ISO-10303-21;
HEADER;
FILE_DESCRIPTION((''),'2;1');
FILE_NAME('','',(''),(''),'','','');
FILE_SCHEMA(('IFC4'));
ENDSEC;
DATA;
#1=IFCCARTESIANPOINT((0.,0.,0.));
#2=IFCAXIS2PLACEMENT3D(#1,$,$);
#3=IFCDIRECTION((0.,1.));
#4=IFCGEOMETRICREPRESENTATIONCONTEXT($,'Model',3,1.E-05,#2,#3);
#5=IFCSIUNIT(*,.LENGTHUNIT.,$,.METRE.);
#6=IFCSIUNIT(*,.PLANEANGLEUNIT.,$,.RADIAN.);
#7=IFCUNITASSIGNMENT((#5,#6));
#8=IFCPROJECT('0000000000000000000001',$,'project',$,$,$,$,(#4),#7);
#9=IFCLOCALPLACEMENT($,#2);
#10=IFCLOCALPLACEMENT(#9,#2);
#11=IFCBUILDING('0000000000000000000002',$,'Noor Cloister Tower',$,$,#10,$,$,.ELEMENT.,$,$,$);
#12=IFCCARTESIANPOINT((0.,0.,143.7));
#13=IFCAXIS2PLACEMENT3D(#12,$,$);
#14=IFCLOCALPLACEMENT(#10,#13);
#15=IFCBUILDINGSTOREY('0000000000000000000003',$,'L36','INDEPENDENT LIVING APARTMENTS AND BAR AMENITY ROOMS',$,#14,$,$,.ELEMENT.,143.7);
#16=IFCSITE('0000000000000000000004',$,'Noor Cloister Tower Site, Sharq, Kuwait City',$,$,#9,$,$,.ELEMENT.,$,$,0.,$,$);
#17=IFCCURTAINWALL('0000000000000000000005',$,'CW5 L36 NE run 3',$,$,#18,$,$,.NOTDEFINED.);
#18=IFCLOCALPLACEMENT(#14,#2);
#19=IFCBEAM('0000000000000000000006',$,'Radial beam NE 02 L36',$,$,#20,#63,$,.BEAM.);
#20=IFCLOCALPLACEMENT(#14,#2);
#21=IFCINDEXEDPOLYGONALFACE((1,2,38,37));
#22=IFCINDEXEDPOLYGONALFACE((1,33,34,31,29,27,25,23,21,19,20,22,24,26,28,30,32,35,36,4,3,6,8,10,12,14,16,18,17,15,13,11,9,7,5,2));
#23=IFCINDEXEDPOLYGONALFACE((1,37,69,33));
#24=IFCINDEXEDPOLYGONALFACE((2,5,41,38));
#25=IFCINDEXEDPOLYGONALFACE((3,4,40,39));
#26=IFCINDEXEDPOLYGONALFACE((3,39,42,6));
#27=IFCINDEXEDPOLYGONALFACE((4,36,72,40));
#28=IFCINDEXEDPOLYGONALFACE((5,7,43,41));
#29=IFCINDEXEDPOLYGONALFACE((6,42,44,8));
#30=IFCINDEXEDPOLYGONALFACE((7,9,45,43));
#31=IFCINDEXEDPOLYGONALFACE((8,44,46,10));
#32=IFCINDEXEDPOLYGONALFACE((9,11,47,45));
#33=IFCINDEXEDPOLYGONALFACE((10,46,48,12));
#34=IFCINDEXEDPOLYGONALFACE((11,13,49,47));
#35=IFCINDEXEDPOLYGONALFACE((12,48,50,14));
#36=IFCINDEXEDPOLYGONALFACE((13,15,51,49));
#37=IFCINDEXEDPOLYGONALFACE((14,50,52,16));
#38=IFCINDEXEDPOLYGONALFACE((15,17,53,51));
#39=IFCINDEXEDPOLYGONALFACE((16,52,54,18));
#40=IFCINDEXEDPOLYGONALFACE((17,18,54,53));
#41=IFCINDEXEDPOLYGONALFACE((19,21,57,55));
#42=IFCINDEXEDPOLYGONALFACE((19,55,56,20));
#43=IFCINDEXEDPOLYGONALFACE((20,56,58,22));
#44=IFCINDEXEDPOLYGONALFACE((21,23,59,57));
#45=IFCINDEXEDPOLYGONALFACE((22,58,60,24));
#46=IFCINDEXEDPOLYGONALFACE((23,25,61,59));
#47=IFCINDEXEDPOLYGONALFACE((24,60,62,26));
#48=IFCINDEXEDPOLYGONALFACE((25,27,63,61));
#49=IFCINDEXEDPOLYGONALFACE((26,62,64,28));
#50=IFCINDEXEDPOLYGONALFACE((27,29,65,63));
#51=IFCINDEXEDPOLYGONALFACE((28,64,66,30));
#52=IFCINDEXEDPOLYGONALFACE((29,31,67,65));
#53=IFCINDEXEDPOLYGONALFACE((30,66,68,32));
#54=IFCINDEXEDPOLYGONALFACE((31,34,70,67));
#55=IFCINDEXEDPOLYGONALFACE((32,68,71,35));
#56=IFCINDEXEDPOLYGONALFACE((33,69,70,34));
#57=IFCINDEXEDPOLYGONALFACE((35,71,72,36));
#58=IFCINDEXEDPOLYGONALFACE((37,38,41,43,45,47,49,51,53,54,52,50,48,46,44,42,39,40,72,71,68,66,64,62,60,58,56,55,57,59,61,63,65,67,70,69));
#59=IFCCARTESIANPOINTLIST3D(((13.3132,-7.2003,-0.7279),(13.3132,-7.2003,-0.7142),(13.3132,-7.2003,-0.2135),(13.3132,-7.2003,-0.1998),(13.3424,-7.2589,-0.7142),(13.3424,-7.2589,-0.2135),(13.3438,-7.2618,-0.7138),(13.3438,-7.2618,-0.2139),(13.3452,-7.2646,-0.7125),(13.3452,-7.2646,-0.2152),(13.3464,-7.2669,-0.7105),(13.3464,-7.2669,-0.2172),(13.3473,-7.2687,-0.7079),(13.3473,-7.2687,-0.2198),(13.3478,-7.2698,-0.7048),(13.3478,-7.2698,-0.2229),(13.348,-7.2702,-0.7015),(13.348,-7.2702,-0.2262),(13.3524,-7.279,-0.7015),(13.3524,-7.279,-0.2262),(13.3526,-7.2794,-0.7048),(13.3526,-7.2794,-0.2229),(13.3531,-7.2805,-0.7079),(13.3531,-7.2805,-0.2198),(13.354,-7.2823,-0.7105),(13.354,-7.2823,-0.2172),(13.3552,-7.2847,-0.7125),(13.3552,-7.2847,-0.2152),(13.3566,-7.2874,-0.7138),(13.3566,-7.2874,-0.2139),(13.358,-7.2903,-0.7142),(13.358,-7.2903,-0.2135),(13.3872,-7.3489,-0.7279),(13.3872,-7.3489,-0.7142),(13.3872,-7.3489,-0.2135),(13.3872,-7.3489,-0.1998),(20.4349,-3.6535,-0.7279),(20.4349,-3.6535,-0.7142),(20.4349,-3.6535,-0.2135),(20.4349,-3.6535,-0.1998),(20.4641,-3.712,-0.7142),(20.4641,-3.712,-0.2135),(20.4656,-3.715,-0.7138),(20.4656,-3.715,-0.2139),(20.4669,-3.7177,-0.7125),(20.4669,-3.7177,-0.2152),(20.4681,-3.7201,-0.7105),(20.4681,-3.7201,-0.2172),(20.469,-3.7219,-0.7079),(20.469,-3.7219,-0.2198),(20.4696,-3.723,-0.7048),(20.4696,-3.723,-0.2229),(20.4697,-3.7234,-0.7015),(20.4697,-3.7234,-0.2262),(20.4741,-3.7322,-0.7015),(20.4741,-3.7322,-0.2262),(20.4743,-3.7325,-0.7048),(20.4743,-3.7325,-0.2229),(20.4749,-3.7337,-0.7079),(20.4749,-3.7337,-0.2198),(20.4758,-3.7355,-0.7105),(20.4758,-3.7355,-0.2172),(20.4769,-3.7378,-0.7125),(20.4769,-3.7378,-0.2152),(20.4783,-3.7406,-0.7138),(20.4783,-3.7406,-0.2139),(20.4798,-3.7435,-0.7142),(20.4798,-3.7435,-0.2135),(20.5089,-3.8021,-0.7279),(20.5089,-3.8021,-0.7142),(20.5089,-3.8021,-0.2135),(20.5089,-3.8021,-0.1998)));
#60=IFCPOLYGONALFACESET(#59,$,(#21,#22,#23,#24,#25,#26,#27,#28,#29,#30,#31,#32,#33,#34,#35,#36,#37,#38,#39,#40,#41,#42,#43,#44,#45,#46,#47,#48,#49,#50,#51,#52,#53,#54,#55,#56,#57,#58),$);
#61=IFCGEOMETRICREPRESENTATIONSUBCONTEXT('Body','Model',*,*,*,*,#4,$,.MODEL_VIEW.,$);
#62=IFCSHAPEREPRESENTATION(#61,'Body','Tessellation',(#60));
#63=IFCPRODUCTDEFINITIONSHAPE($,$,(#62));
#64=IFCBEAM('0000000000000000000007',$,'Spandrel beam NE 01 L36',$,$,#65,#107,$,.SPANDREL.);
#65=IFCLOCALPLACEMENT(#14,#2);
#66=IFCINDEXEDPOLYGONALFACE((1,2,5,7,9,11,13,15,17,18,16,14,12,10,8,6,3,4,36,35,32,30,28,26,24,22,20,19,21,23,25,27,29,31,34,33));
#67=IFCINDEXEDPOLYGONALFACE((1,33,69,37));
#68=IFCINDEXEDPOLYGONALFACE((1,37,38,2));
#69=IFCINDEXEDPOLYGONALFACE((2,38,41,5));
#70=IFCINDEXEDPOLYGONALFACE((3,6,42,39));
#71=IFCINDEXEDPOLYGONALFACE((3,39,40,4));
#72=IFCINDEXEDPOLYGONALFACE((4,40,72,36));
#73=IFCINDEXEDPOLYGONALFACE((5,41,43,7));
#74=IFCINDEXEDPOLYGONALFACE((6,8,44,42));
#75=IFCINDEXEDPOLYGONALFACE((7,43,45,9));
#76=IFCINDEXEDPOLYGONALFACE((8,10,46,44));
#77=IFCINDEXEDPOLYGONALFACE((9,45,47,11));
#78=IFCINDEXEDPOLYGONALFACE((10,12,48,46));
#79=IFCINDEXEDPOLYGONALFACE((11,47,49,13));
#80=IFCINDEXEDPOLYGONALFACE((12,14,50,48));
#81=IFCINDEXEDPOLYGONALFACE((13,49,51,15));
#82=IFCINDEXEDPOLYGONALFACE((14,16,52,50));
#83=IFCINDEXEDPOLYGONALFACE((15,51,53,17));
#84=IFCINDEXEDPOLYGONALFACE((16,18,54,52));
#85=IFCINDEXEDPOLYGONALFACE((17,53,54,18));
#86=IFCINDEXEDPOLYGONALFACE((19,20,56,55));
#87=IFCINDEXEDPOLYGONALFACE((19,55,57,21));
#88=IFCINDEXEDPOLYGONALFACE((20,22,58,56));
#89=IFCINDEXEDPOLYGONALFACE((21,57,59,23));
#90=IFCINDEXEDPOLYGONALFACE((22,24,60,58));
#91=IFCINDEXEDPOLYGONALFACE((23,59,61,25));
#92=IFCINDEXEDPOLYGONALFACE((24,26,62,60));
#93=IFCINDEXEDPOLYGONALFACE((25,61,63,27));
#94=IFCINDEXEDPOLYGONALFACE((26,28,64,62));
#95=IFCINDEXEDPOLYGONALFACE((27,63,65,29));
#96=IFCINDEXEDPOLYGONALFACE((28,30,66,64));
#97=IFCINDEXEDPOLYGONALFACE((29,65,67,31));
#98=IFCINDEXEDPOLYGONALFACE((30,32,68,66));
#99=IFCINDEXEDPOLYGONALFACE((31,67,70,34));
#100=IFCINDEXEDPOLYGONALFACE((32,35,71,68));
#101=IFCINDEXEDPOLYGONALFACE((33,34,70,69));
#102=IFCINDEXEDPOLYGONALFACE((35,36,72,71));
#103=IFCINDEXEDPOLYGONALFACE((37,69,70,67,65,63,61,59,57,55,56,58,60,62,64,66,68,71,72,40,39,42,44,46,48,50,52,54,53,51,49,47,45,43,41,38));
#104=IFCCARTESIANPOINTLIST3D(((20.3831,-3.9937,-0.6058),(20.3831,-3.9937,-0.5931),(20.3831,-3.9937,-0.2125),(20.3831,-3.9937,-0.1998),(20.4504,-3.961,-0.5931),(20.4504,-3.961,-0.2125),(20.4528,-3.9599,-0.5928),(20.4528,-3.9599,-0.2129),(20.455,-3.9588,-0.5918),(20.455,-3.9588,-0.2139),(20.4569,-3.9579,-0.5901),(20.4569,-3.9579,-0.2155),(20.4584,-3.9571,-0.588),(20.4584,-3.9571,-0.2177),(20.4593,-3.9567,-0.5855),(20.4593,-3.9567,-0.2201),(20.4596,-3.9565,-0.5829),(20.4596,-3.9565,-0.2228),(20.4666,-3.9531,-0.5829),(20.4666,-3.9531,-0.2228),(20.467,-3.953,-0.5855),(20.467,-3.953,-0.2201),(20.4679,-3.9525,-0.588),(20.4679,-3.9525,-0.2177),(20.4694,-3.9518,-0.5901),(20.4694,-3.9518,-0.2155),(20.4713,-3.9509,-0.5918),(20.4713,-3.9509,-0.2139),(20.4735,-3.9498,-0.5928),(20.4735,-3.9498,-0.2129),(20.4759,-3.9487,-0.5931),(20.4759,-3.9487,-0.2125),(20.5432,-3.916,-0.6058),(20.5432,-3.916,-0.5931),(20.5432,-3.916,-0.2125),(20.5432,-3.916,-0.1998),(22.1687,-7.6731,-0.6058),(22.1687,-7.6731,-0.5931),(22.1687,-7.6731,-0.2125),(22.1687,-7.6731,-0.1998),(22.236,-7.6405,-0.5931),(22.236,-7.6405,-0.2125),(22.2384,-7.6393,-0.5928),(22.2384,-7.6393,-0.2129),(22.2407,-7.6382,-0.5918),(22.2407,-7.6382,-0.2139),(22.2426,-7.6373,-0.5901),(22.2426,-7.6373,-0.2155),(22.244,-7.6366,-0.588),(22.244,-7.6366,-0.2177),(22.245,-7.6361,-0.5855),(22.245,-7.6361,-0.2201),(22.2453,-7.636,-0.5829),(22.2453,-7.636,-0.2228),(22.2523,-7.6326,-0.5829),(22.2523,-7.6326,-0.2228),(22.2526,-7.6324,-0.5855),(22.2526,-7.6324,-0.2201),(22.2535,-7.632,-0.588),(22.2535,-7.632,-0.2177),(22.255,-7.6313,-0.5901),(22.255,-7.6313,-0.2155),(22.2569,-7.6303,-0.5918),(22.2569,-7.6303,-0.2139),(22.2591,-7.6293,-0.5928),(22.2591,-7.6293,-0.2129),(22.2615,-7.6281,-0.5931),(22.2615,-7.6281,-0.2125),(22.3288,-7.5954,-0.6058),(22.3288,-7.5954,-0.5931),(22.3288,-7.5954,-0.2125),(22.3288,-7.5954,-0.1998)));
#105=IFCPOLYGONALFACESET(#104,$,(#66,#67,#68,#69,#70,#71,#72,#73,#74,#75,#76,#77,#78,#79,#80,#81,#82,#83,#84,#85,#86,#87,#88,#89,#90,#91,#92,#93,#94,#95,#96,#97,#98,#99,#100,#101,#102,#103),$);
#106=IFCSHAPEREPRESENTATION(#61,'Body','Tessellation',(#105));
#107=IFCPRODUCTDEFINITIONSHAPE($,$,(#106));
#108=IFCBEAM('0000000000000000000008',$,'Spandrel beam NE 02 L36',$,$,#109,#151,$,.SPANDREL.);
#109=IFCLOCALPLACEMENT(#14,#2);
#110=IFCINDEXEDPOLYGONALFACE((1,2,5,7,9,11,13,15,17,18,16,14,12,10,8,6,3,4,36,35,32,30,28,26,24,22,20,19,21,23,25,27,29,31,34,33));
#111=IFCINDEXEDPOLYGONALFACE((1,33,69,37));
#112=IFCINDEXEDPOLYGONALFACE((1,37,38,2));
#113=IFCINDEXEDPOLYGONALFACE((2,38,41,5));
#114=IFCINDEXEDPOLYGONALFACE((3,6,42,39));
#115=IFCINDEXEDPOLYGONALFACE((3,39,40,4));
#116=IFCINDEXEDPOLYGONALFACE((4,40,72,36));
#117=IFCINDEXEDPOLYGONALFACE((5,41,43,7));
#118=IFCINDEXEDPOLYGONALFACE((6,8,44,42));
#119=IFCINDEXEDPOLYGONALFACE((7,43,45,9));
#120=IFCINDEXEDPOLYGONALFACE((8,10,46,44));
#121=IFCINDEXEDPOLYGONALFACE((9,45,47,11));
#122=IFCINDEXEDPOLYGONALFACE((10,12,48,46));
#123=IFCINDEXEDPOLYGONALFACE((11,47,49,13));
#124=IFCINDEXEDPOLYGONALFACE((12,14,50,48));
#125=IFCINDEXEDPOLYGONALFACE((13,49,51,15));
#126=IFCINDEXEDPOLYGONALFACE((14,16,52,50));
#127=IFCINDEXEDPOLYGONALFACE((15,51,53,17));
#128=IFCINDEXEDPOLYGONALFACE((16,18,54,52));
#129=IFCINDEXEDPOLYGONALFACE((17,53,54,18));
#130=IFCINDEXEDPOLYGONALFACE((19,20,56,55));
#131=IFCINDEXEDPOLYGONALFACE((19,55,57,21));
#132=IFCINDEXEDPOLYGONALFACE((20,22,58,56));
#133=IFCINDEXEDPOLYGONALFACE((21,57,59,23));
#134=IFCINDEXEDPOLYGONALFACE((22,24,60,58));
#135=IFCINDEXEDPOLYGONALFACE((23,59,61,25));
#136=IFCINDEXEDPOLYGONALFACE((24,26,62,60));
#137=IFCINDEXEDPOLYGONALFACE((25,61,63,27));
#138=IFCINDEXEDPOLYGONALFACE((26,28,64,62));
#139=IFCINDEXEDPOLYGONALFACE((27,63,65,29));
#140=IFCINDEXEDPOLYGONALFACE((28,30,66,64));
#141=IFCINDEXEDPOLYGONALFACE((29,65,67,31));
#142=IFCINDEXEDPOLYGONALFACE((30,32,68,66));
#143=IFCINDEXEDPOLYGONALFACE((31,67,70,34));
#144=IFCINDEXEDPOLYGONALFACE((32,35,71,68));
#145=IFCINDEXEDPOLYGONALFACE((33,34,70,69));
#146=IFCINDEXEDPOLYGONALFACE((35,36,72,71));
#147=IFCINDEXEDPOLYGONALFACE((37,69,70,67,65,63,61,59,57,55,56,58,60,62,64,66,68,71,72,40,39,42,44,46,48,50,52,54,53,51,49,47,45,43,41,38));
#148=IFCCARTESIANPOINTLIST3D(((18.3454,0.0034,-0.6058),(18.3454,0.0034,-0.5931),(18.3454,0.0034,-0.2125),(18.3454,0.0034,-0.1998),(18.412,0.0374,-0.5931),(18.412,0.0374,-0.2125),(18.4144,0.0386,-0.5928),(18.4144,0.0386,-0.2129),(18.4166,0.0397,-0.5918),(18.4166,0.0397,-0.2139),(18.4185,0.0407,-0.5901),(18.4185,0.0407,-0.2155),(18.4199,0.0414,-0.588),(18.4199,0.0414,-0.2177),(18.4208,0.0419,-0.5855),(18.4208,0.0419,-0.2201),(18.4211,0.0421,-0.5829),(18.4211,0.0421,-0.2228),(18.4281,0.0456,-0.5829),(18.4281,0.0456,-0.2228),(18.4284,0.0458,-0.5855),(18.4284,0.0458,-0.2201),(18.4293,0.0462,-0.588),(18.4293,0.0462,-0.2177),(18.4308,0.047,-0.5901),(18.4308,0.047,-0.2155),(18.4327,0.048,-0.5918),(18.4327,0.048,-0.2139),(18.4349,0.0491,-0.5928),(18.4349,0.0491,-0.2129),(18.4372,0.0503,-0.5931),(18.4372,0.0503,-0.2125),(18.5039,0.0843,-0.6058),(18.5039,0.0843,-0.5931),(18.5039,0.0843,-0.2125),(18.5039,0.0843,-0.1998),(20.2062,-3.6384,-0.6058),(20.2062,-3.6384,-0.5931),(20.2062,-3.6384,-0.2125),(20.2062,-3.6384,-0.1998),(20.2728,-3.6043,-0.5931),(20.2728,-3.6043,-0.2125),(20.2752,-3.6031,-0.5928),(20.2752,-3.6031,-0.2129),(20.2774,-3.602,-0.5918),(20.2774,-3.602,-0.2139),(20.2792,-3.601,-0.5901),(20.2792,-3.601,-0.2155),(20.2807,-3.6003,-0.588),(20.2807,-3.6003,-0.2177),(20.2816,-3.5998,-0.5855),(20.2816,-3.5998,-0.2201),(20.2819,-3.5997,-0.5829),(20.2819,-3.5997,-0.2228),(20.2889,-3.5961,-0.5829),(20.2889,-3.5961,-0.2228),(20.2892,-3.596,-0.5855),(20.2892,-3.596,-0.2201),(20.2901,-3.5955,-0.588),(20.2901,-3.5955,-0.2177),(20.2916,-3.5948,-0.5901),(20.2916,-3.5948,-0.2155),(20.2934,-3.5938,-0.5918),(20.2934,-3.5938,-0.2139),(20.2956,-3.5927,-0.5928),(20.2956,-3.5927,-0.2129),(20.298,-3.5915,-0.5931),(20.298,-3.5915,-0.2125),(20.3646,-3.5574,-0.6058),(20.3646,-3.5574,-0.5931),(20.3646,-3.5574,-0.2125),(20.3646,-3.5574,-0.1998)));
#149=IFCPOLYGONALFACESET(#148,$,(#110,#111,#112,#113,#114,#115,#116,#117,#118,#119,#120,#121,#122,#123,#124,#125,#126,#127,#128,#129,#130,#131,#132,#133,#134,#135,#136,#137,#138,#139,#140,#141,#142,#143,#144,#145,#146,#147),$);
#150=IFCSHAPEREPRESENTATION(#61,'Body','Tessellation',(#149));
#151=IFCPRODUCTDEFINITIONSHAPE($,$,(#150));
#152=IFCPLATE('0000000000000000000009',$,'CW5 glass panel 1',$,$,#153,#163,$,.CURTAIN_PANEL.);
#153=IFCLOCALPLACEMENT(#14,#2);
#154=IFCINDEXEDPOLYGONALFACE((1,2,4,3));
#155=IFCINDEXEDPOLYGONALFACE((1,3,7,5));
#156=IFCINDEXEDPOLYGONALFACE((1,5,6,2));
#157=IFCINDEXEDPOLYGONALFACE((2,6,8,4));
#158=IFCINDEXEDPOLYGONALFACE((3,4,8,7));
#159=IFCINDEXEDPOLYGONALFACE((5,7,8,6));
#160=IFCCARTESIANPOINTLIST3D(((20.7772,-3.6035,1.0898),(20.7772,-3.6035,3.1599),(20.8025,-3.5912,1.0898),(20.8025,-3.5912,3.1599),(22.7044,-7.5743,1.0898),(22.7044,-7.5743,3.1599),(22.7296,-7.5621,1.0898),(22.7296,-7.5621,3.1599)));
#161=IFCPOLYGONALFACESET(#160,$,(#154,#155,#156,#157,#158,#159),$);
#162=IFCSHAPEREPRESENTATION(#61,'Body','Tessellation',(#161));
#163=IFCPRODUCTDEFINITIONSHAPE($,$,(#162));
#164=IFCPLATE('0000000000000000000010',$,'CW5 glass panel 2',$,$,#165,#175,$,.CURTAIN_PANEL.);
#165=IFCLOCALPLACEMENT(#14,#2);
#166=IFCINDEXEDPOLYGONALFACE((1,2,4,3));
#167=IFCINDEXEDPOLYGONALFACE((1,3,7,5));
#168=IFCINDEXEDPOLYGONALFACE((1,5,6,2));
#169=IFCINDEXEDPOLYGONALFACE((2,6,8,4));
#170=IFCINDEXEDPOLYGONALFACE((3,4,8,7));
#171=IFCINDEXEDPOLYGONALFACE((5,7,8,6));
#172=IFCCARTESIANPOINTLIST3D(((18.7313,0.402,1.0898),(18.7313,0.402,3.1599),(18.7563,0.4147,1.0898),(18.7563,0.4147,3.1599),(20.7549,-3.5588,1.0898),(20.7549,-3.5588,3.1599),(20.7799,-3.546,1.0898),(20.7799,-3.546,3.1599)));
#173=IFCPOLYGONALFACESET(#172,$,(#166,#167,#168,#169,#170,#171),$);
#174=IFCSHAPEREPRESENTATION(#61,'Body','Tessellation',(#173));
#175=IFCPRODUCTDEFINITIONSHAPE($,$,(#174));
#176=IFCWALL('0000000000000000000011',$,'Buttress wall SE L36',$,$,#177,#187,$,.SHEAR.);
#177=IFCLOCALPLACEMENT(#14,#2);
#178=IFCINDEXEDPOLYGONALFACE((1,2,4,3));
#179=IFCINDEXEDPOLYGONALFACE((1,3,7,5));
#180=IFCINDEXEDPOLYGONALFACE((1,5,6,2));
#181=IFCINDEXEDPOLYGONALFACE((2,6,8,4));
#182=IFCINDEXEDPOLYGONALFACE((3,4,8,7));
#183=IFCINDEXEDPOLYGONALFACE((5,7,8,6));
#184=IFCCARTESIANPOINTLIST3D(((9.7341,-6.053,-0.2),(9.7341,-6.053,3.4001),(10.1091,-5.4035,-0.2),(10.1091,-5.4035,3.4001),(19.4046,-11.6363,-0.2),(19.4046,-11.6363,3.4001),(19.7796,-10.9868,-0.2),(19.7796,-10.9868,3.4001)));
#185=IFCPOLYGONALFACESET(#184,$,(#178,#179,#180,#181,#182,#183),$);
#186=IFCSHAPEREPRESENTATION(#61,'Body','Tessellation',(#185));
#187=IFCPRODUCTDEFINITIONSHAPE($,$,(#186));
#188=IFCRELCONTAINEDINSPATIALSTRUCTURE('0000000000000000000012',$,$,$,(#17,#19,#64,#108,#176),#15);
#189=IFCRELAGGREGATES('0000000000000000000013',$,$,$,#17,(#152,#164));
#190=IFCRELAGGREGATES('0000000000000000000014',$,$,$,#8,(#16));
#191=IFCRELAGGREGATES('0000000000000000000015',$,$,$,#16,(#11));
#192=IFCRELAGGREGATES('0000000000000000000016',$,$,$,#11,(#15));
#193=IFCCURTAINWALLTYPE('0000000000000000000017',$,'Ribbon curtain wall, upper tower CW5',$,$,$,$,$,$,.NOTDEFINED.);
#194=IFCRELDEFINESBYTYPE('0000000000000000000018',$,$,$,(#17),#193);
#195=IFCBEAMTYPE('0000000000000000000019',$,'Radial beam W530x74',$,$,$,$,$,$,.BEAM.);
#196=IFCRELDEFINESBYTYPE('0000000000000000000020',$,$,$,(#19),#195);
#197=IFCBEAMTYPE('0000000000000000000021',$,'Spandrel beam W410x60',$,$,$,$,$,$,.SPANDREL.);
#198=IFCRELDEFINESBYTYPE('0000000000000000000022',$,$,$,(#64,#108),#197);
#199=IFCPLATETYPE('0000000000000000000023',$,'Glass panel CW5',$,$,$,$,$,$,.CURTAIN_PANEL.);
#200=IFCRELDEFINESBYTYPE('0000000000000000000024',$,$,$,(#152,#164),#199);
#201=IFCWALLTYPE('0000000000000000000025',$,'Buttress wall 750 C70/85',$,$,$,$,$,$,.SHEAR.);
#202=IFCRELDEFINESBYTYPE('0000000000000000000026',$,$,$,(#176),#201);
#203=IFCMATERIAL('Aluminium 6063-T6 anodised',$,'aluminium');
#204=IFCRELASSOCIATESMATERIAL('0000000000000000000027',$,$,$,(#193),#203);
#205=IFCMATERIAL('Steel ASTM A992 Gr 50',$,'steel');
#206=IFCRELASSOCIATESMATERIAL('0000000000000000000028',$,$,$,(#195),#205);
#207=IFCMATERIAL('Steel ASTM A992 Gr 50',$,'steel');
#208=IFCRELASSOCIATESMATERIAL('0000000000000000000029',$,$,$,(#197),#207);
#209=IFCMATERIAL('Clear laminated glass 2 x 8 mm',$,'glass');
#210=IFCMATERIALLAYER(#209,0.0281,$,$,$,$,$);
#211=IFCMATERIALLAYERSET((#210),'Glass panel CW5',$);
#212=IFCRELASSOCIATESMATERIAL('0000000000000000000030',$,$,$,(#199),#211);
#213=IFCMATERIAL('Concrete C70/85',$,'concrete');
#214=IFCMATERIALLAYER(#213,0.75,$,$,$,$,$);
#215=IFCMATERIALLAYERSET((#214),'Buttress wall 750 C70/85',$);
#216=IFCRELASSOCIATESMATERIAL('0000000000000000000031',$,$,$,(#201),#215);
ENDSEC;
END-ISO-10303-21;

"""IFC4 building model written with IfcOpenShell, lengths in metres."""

from ifc_helpers import new_model, si_unit, direction, frame, frame_2d, origin, origin_2d, place, context, subcontext, project, spatial, rectangle, i_section, extrude, material, layer, layer_set, material_profile, profile_set, type_object, element, aggregate, save


model = new_model("IFC4")

# Units and contexts
model_context = context("Model", 3, precision=1e-05, world=origin(), true_north=direction((0.0, 1.0)))
body_context = subcontext(model_context, "Body", "Model", "MODEL_VIEW")
ifc_project = project(units=[si_unit("LENGTHUNIT", "METRE"), si_unit("PLANEANGLEUNIT", "RADIAN")], contexts=[model_context])

# Site, building, storey
site_placement = place(None, origin())
site = spatial("IfcSite", under=ifc_project, at=site_placement, Name="Noor Cloister Tower Site, Sharq, Kuwait City", CompositionType="ELEMENT", RefElevation=0.0)
building_placement = place(site_placement, origin())
building = spatial("IfcBuilding", under=site, at=building_placement, Name="Noor Cloister Tower", CompositionType="ELEMENT")
storey_placement = place(building_placement, frame((0.0, 0.0, 143.7)))
storey = spatial("IfcBuildingStorey", under=building, at=storey_placement, Name="L36", Description="INDEPENDENT LIVING APARTMENTS AND BAR AMENITY ROOMS", CompositionType="ELEMENT", Elevation=143.7)

# Curtain wall
ifc_material_1 = material(Name="Aluminium 6063-T6 anodised", Category="aluminium")
curtain_wall_type = type_object("IfcCurtainWallType", Name="Ribbon curtain wall, upper tower CW5", PredefinedType="NOTDEFINED", material=ifc_material_1)
curtain_wall_placement = place(storey_placement, origin())
curtain_wall = element("IfcCurtainWall", 1, at=curtain_wall_placement, inside=storey, type_object=curtain_wall_type, Name="CW5 L36 NE run 3", PredefinedType="NOTDEFINED")

# Beams
ifc_material_2 = material(Name="Steel ASTM A992 Gr 50", Category="steel")
ifc_material_profile_1 = material_profile(ifc_material_2, i_section(OverallWidth=0.166, OverallDepth=0.5281, WebThickness=0.0098, FlangeThickness=0.0137, FilletRadius=0.0127, at=origin_2d()), Name="W530x74")
ifc_profile_set_1 = profile_set([ifc_material_profile_1], Name="Steel ASTM A992 Gr 50")
beam_type_1 = type_object("IfcBeamType", Name="Radial beam W530x74", PredefinedType="BEAM", material=ifc_profile_set_1)
beam_1_placement = place(storey_placement, frame((20.4719, -3.7278, -0.4639), z_axis=(-0.895132, -0.445801, 0.0), x_axis=(0.445801, -0.895132, 0.0)))
element("IfcBeam", 2, at=beam_1_placement, inside=storey, type_object=beam_type_1, Name="Radial beam NE 02 L36", PredefinedType="BEAM", context=body_context, shape_type="SweptSolid", body=[
    extrude(i_section(OverallWidth=0.166, OverallDepth=0.5281, WebThickness=0.0098, FlangeThickness=0.0137, FilletRadius=0.0127, at=origin_2d()), origin(), (0.0, 0.0, 1.0), 7.9561),
])
ifc_material_3 = material(Name="Steel ASTM A992 Gr 50", Category="steel")
ifc_material_profile_2 = material_profile(ifc_material_3, i_section(OverallWidth=0.178, OverallDepth=0.406, WebThickness=0.0078, FlangeThickness=0.0127, FilletRadius=0.0103, at=origin_2d()), Name="W410x60")
ifc_profile_set_2 = profile_set([ifc_material_profile_2], Name="Steel ASTM A992 Gr 50")
beam_type_2 = type_object("IfcBeamType", Name="Spandrel beam W410x60", PredefinedType="SPANDREL", material=ifc_profile_set_2)
beam_2_placement = place(storey_placement, frame((22.2488, -7.6343, -0.4028), z_axis=(-0.436604, 0.899654, 0.0), x_axis=(-0.899654, -0.436604, 0.0)))
element("IfcBeam", 3, at=beam_2_placement, inside=storey, type_object=beam_type_2, Name="Spandrel beam NE 01 L36", PredefinedType="SPANDREL", context=body_context, shape_type="SweptSolid", body=[
    extrude(i_section(OverallWidth=0.178, OverallDepth=0.406, WebThickness=0.0078, FlangeThickness=0.0127, FilletRadius=0.0103, at=origin_2d()), origin(), (0.0, 0.0, 1.0), 4.0898),
])
beam_3_placement = place(storey_placement, frame((20.2854, -3.5979, -0.4028), z_axis=(-0.455005, 0.890489, 0.0), x_axis=(-0.890489, -0.455005, 0.0)))
element("IfcBeam", 4, at=beam_3_placement, inside=storey, type_object=beam_type_2, Name="Spandrel beam NE 02 L36", PredefinedType="SPANDREL", context=body_context, shape_type="SweptSolid", body=[
    extrude(i_section(OverallWidth=0.178, OverallDepth=0.406, WebThickness=0.0078, FlangeThickness=0.0127, FilletRadius=0.0103, at=origin_2d()), origin(), (0.0, 0.0, 1.0), 4.0896),
])

# Plates
ifc_material_4 = material(Name="Clear laminated glass 2 x 8 mm", Category="glass")
ifc_layer_1 = layer(ifc_material_4, 0.0281)
ifc_layer_set_1 = layer_set([ifc_layer_1], Name="Glass panel CW5")
plate_type = type_object("IfcPlateType", Name="Glass panel CW5", PredefinedType="CURTAIN_PANEL", material=ifc_layer_set_1)
plate_1_placement = place(storey_placement, frame((21.7534, -5.5828, 1.0898), z_axis=(0.0, 0.0, 1.0), x_axis=(-0.436619, 0.899647, 0.0)))
plate_1 = element("IfcPlate", 5, at=plate_1_placement, type_object=plate_type, Name="CW5 glass panel 1", PredefinedType="CURTAIN_PANEL", context=body_context, shape_type="SweptSolid", body=[
    extrude(rectangle(XDim=4.4138, YDim=0.0281, at=origin_2d()), origin(), (0.0, 0.0, 1.0), 2.0701),
])
plate_2_placement = place(storey_placement, frame((19.7556, -1.572, 1.0898), z_axis=(0.0, 0.0, 1.0), x_axis=(-0.454972, 0.890506, 0.0)))
plate_2 = element("IfcPlate", 6, at=plate_2_placement, type_object=plate_type, Name="CW5 glass panel 2", PredefinedType="CURTAIN_PANEL", context=body_context, shape_type="SweptSolid", body=[
    extrude(rectangle(XDim=4.4478, YDim=0.0281, at=origin_2d()), origin(), (0.0, 0.0, 1.0), 2.0701),
])
aggregate(curtain_wall, [plate_1, plate_2])

# Wall
ifc_material_5 = material(Name="Concrete C70/85", Category="concrete")
ifc_layer_2 = layer(ifc_material_5, 0.75)
ifc_layer_set_2 = layer_set([ifc_layer_2], Name="Buttress wall 750 C70/85")
wall_type_1 = type_object("IfcWallType", Name="Buttress wall 750 C70/85", PredefinedType="SHEAR", material=ifc_layer_set_2)
wall_1_placement = place(storey_placement, frame((9.9216, -5.7283, -0.2), z_axis=(0.0, 0.0, 1.0), x_axis=(0.866024, -0.500003, 0.0)))
element("IfcWall", 7, at=wall_1_placement, inside=storey, type_object=wall_type_1, Name="Buttress wall SE L36", PredefinedType="SHEAR", context=body_context, shape_type="SweptSolid", body=[
    extrude(rectangle(XDim=11.1665, YDim=0.75, at=frame_2d((5.5833, 0.0))), origin(), (0.0, 0.0, 1.0), 3.6001),
])

save(model, "model.ifc")
